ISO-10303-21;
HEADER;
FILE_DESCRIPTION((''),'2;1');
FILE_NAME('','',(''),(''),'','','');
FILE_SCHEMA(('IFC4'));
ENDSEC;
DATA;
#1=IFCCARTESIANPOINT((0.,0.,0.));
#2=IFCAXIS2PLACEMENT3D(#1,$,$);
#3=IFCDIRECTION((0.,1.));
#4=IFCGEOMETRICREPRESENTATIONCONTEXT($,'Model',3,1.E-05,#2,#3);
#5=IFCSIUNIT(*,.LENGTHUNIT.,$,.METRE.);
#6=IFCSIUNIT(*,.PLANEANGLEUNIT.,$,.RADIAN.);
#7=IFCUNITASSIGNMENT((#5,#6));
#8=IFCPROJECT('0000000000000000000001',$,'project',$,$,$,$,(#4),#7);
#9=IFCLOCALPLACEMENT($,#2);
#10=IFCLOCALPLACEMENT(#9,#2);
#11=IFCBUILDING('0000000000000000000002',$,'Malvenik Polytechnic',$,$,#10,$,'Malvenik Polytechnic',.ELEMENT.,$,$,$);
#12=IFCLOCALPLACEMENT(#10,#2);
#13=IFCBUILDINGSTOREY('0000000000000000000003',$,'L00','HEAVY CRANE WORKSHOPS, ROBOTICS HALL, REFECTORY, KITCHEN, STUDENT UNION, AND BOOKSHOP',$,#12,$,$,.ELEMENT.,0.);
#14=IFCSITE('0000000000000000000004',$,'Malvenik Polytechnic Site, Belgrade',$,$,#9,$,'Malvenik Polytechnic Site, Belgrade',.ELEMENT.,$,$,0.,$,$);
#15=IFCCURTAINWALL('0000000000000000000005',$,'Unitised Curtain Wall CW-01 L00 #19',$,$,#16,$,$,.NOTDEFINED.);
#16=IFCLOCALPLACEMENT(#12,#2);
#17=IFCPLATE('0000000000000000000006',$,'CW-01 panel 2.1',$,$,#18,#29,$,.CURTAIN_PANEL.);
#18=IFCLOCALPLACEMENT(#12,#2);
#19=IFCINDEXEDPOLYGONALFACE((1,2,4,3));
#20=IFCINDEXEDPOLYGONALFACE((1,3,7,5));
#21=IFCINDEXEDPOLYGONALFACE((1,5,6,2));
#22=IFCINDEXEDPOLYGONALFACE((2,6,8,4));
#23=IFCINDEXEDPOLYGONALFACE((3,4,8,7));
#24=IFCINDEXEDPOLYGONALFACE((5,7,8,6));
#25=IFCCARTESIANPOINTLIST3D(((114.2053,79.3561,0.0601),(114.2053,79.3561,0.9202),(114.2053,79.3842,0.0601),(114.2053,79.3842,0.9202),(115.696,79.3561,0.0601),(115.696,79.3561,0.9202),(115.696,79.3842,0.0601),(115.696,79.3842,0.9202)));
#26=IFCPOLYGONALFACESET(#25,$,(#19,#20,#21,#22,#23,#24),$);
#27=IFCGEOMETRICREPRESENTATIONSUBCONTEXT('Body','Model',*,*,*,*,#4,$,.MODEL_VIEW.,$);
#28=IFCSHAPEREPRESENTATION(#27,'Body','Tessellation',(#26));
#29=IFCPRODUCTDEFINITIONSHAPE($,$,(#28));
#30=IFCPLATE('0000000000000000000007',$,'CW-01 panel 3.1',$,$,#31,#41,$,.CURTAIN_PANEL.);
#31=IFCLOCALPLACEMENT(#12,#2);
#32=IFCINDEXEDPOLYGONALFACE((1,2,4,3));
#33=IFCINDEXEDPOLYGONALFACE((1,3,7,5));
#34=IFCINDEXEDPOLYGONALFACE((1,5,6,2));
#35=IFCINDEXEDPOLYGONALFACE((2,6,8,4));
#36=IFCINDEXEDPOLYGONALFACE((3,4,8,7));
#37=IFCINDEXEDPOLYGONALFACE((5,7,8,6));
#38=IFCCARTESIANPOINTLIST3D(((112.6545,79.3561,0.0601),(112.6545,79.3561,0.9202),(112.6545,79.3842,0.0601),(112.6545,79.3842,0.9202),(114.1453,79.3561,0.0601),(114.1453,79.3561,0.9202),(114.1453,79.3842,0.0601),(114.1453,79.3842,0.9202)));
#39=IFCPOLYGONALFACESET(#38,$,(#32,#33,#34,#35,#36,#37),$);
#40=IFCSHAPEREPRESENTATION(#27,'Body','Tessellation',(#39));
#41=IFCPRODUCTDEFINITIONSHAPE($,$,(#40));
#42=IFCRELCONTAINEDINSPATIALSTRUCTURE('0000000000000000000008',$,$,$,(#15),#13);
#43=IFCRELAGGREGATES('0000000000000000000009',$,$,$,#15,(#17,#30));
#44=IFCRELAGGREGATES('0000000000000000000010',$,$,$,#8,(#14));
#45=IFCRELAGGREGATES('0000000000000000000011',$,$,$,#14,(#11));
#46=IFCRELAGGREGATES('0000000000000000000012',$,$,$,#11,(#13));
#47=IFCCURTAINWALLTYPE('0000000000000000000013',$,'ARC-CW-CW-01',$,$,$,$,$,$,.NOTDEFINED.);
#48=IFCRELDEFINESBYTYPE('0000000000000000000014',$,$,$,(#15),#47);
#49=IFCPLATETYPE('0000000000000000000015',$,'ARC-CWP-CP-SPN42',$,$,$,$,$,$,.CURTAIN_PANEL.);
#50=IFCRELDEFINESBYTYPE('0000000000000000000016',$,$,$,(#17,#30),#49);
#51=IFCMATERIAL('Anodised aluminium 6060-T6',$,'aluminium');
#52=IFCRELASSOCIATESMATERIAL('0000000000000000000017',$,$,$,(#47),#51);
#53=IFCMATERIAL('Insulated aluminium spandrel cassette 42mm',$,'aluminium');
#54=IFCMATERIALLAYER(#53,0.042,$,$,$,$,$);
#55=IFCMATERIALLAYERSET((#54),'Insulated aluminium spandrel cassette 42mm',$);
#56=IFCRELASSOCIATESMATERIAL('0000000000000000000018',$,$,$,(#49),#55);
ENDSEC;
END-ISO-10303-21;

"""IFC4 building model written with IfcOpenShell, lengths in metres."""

from ifc_helpers import new_model, si_unit, direction, frame, origin, origin_2d, place, context, subcontext, project, spatial, rectangle, extrude, material, layer, layer_set, type_object, element, aggregate, save


model = new_model("IFC4")

# Units and contexts
model_context = context("Model", 3, precision=1e-05, world=origin(), true_north=direction((0.0, 1.0)))
body_context = subcontext(model_context, "Body", "Model", "MODEL_VIEW")
ifc_project = project(units=[si_unit("LENGTHUNIT", "METRE"), si_unit("PLANEANGLEUNIT", "RADIAN")], contexts=[model_context])

# Site, building, storey
site_placement = place(None, origin())
site = spatial("IfcSite", under=ifc_project, at=site_placement, Name="Malvenik Polytechnic Site, Belgrade", LongName="Malvenik Polytechnic Site, Belgrade", CompositionType="ELEMENT", RefElevation=0.0)
building_placement = place(site_placement, origin())
building = spatial("IfcBuilding", under=site, at=building_placement, Name="Malvenik Polytechnic", LongName="Malvenik Polytechnic", CompositionType="ELEMENT")
storey_placement = place(building_placement, origin())
storey = spatial("IfcBuildingStorey", under=building, at=storey_placement, Name="L00", Description="HEAVY CRANE WORKSHOPS, ROBOTICS HALL, REFECTORY, KITCHEN, STUDENT UNION, AND BOOKSHOP", CompositionType="ELEMENT", Elevation=0.0)

# Curtain wall
ifc_material_1 = material(Name="Anodised aluminium 6060-T6", Category="aluminium")
curtain_wall_type = type_object("IfcCurtainWallType", Name="ARC-CW-CW-01", PredefinedType="NOTDEFINED", material=ifc_material_1)
curtain_wall_1_placement = place(storey_placement, origin())
curtain_wall_1 = element("IfcCurtainWall", 1, at=curtain_wall_1_placement, inside=storey, type_object=curtain_wall_type, Name="Unitised Curtain Wall CW-01 L00 #19", PredefinedType="NOTDEFINED")

# Plates
ifc_material_2 = material(Name="Insulated aluminium spandrel cassette 42mm", Category="aluminium")
ifc_layer_1 = layer(ifc_material_2, 0.042)
ifc_layer_set_1 = layer_set([ifc_layer_1], Name="Insulated aluminium spandrel cassette 42mm")
plate_type_1 = type_object("IfcPlateType", Name="ARC-CWP-CP-SPN42", PredefinedType="CURTAIN_PANEL", material=ifc_layer_set_1)
plate_1_placement = place(storey_placement, frame((114.9507, 79.3701, 0.0601), z_axis=(0.0, 0.0, 1.0), x_axis=(-1.0, 0.0, 0.0)))
plate_1 = element("IfcPlate", 2, at=plate_1_placement, type_object=plate_type_1, Name="CW-01 panel 2.1", PredefinedType="CURTAIN_PANEL", context=body_context, shape_type="SweptSolid", body=[
    extrude(rectangle(XDim=1.4907, YDim=0.0281, at=origin_2d()), origin(), (0.0, 0.0, 1.0), 0.8601),
])
plate_2_placement = place(storey_placement, frame((113.3999, 79.3701, 0.0601), z_axis=(0.0, 0.0, 1.0), x_axis=(-1.0, 0.0, 0.0)))
plate_2 = element("IfcPlate", 3, at=plate_2_placement, type_object=plate_type_1, Name="CW-01 panel 3.1", PredefinedType="CURTAIN_PANEL", context=body_context, shape_type="SweptSolid", body=[
    extrude(rectangle(XDim=1.4907, YDim=0.0281, at=origin_2d()), origin(), (0.0, 0.0, 1.0), 0.8601),
])
aggregate(curtain_wall_1, [plate_1, plate_2])

save(model, "model.ifc")
